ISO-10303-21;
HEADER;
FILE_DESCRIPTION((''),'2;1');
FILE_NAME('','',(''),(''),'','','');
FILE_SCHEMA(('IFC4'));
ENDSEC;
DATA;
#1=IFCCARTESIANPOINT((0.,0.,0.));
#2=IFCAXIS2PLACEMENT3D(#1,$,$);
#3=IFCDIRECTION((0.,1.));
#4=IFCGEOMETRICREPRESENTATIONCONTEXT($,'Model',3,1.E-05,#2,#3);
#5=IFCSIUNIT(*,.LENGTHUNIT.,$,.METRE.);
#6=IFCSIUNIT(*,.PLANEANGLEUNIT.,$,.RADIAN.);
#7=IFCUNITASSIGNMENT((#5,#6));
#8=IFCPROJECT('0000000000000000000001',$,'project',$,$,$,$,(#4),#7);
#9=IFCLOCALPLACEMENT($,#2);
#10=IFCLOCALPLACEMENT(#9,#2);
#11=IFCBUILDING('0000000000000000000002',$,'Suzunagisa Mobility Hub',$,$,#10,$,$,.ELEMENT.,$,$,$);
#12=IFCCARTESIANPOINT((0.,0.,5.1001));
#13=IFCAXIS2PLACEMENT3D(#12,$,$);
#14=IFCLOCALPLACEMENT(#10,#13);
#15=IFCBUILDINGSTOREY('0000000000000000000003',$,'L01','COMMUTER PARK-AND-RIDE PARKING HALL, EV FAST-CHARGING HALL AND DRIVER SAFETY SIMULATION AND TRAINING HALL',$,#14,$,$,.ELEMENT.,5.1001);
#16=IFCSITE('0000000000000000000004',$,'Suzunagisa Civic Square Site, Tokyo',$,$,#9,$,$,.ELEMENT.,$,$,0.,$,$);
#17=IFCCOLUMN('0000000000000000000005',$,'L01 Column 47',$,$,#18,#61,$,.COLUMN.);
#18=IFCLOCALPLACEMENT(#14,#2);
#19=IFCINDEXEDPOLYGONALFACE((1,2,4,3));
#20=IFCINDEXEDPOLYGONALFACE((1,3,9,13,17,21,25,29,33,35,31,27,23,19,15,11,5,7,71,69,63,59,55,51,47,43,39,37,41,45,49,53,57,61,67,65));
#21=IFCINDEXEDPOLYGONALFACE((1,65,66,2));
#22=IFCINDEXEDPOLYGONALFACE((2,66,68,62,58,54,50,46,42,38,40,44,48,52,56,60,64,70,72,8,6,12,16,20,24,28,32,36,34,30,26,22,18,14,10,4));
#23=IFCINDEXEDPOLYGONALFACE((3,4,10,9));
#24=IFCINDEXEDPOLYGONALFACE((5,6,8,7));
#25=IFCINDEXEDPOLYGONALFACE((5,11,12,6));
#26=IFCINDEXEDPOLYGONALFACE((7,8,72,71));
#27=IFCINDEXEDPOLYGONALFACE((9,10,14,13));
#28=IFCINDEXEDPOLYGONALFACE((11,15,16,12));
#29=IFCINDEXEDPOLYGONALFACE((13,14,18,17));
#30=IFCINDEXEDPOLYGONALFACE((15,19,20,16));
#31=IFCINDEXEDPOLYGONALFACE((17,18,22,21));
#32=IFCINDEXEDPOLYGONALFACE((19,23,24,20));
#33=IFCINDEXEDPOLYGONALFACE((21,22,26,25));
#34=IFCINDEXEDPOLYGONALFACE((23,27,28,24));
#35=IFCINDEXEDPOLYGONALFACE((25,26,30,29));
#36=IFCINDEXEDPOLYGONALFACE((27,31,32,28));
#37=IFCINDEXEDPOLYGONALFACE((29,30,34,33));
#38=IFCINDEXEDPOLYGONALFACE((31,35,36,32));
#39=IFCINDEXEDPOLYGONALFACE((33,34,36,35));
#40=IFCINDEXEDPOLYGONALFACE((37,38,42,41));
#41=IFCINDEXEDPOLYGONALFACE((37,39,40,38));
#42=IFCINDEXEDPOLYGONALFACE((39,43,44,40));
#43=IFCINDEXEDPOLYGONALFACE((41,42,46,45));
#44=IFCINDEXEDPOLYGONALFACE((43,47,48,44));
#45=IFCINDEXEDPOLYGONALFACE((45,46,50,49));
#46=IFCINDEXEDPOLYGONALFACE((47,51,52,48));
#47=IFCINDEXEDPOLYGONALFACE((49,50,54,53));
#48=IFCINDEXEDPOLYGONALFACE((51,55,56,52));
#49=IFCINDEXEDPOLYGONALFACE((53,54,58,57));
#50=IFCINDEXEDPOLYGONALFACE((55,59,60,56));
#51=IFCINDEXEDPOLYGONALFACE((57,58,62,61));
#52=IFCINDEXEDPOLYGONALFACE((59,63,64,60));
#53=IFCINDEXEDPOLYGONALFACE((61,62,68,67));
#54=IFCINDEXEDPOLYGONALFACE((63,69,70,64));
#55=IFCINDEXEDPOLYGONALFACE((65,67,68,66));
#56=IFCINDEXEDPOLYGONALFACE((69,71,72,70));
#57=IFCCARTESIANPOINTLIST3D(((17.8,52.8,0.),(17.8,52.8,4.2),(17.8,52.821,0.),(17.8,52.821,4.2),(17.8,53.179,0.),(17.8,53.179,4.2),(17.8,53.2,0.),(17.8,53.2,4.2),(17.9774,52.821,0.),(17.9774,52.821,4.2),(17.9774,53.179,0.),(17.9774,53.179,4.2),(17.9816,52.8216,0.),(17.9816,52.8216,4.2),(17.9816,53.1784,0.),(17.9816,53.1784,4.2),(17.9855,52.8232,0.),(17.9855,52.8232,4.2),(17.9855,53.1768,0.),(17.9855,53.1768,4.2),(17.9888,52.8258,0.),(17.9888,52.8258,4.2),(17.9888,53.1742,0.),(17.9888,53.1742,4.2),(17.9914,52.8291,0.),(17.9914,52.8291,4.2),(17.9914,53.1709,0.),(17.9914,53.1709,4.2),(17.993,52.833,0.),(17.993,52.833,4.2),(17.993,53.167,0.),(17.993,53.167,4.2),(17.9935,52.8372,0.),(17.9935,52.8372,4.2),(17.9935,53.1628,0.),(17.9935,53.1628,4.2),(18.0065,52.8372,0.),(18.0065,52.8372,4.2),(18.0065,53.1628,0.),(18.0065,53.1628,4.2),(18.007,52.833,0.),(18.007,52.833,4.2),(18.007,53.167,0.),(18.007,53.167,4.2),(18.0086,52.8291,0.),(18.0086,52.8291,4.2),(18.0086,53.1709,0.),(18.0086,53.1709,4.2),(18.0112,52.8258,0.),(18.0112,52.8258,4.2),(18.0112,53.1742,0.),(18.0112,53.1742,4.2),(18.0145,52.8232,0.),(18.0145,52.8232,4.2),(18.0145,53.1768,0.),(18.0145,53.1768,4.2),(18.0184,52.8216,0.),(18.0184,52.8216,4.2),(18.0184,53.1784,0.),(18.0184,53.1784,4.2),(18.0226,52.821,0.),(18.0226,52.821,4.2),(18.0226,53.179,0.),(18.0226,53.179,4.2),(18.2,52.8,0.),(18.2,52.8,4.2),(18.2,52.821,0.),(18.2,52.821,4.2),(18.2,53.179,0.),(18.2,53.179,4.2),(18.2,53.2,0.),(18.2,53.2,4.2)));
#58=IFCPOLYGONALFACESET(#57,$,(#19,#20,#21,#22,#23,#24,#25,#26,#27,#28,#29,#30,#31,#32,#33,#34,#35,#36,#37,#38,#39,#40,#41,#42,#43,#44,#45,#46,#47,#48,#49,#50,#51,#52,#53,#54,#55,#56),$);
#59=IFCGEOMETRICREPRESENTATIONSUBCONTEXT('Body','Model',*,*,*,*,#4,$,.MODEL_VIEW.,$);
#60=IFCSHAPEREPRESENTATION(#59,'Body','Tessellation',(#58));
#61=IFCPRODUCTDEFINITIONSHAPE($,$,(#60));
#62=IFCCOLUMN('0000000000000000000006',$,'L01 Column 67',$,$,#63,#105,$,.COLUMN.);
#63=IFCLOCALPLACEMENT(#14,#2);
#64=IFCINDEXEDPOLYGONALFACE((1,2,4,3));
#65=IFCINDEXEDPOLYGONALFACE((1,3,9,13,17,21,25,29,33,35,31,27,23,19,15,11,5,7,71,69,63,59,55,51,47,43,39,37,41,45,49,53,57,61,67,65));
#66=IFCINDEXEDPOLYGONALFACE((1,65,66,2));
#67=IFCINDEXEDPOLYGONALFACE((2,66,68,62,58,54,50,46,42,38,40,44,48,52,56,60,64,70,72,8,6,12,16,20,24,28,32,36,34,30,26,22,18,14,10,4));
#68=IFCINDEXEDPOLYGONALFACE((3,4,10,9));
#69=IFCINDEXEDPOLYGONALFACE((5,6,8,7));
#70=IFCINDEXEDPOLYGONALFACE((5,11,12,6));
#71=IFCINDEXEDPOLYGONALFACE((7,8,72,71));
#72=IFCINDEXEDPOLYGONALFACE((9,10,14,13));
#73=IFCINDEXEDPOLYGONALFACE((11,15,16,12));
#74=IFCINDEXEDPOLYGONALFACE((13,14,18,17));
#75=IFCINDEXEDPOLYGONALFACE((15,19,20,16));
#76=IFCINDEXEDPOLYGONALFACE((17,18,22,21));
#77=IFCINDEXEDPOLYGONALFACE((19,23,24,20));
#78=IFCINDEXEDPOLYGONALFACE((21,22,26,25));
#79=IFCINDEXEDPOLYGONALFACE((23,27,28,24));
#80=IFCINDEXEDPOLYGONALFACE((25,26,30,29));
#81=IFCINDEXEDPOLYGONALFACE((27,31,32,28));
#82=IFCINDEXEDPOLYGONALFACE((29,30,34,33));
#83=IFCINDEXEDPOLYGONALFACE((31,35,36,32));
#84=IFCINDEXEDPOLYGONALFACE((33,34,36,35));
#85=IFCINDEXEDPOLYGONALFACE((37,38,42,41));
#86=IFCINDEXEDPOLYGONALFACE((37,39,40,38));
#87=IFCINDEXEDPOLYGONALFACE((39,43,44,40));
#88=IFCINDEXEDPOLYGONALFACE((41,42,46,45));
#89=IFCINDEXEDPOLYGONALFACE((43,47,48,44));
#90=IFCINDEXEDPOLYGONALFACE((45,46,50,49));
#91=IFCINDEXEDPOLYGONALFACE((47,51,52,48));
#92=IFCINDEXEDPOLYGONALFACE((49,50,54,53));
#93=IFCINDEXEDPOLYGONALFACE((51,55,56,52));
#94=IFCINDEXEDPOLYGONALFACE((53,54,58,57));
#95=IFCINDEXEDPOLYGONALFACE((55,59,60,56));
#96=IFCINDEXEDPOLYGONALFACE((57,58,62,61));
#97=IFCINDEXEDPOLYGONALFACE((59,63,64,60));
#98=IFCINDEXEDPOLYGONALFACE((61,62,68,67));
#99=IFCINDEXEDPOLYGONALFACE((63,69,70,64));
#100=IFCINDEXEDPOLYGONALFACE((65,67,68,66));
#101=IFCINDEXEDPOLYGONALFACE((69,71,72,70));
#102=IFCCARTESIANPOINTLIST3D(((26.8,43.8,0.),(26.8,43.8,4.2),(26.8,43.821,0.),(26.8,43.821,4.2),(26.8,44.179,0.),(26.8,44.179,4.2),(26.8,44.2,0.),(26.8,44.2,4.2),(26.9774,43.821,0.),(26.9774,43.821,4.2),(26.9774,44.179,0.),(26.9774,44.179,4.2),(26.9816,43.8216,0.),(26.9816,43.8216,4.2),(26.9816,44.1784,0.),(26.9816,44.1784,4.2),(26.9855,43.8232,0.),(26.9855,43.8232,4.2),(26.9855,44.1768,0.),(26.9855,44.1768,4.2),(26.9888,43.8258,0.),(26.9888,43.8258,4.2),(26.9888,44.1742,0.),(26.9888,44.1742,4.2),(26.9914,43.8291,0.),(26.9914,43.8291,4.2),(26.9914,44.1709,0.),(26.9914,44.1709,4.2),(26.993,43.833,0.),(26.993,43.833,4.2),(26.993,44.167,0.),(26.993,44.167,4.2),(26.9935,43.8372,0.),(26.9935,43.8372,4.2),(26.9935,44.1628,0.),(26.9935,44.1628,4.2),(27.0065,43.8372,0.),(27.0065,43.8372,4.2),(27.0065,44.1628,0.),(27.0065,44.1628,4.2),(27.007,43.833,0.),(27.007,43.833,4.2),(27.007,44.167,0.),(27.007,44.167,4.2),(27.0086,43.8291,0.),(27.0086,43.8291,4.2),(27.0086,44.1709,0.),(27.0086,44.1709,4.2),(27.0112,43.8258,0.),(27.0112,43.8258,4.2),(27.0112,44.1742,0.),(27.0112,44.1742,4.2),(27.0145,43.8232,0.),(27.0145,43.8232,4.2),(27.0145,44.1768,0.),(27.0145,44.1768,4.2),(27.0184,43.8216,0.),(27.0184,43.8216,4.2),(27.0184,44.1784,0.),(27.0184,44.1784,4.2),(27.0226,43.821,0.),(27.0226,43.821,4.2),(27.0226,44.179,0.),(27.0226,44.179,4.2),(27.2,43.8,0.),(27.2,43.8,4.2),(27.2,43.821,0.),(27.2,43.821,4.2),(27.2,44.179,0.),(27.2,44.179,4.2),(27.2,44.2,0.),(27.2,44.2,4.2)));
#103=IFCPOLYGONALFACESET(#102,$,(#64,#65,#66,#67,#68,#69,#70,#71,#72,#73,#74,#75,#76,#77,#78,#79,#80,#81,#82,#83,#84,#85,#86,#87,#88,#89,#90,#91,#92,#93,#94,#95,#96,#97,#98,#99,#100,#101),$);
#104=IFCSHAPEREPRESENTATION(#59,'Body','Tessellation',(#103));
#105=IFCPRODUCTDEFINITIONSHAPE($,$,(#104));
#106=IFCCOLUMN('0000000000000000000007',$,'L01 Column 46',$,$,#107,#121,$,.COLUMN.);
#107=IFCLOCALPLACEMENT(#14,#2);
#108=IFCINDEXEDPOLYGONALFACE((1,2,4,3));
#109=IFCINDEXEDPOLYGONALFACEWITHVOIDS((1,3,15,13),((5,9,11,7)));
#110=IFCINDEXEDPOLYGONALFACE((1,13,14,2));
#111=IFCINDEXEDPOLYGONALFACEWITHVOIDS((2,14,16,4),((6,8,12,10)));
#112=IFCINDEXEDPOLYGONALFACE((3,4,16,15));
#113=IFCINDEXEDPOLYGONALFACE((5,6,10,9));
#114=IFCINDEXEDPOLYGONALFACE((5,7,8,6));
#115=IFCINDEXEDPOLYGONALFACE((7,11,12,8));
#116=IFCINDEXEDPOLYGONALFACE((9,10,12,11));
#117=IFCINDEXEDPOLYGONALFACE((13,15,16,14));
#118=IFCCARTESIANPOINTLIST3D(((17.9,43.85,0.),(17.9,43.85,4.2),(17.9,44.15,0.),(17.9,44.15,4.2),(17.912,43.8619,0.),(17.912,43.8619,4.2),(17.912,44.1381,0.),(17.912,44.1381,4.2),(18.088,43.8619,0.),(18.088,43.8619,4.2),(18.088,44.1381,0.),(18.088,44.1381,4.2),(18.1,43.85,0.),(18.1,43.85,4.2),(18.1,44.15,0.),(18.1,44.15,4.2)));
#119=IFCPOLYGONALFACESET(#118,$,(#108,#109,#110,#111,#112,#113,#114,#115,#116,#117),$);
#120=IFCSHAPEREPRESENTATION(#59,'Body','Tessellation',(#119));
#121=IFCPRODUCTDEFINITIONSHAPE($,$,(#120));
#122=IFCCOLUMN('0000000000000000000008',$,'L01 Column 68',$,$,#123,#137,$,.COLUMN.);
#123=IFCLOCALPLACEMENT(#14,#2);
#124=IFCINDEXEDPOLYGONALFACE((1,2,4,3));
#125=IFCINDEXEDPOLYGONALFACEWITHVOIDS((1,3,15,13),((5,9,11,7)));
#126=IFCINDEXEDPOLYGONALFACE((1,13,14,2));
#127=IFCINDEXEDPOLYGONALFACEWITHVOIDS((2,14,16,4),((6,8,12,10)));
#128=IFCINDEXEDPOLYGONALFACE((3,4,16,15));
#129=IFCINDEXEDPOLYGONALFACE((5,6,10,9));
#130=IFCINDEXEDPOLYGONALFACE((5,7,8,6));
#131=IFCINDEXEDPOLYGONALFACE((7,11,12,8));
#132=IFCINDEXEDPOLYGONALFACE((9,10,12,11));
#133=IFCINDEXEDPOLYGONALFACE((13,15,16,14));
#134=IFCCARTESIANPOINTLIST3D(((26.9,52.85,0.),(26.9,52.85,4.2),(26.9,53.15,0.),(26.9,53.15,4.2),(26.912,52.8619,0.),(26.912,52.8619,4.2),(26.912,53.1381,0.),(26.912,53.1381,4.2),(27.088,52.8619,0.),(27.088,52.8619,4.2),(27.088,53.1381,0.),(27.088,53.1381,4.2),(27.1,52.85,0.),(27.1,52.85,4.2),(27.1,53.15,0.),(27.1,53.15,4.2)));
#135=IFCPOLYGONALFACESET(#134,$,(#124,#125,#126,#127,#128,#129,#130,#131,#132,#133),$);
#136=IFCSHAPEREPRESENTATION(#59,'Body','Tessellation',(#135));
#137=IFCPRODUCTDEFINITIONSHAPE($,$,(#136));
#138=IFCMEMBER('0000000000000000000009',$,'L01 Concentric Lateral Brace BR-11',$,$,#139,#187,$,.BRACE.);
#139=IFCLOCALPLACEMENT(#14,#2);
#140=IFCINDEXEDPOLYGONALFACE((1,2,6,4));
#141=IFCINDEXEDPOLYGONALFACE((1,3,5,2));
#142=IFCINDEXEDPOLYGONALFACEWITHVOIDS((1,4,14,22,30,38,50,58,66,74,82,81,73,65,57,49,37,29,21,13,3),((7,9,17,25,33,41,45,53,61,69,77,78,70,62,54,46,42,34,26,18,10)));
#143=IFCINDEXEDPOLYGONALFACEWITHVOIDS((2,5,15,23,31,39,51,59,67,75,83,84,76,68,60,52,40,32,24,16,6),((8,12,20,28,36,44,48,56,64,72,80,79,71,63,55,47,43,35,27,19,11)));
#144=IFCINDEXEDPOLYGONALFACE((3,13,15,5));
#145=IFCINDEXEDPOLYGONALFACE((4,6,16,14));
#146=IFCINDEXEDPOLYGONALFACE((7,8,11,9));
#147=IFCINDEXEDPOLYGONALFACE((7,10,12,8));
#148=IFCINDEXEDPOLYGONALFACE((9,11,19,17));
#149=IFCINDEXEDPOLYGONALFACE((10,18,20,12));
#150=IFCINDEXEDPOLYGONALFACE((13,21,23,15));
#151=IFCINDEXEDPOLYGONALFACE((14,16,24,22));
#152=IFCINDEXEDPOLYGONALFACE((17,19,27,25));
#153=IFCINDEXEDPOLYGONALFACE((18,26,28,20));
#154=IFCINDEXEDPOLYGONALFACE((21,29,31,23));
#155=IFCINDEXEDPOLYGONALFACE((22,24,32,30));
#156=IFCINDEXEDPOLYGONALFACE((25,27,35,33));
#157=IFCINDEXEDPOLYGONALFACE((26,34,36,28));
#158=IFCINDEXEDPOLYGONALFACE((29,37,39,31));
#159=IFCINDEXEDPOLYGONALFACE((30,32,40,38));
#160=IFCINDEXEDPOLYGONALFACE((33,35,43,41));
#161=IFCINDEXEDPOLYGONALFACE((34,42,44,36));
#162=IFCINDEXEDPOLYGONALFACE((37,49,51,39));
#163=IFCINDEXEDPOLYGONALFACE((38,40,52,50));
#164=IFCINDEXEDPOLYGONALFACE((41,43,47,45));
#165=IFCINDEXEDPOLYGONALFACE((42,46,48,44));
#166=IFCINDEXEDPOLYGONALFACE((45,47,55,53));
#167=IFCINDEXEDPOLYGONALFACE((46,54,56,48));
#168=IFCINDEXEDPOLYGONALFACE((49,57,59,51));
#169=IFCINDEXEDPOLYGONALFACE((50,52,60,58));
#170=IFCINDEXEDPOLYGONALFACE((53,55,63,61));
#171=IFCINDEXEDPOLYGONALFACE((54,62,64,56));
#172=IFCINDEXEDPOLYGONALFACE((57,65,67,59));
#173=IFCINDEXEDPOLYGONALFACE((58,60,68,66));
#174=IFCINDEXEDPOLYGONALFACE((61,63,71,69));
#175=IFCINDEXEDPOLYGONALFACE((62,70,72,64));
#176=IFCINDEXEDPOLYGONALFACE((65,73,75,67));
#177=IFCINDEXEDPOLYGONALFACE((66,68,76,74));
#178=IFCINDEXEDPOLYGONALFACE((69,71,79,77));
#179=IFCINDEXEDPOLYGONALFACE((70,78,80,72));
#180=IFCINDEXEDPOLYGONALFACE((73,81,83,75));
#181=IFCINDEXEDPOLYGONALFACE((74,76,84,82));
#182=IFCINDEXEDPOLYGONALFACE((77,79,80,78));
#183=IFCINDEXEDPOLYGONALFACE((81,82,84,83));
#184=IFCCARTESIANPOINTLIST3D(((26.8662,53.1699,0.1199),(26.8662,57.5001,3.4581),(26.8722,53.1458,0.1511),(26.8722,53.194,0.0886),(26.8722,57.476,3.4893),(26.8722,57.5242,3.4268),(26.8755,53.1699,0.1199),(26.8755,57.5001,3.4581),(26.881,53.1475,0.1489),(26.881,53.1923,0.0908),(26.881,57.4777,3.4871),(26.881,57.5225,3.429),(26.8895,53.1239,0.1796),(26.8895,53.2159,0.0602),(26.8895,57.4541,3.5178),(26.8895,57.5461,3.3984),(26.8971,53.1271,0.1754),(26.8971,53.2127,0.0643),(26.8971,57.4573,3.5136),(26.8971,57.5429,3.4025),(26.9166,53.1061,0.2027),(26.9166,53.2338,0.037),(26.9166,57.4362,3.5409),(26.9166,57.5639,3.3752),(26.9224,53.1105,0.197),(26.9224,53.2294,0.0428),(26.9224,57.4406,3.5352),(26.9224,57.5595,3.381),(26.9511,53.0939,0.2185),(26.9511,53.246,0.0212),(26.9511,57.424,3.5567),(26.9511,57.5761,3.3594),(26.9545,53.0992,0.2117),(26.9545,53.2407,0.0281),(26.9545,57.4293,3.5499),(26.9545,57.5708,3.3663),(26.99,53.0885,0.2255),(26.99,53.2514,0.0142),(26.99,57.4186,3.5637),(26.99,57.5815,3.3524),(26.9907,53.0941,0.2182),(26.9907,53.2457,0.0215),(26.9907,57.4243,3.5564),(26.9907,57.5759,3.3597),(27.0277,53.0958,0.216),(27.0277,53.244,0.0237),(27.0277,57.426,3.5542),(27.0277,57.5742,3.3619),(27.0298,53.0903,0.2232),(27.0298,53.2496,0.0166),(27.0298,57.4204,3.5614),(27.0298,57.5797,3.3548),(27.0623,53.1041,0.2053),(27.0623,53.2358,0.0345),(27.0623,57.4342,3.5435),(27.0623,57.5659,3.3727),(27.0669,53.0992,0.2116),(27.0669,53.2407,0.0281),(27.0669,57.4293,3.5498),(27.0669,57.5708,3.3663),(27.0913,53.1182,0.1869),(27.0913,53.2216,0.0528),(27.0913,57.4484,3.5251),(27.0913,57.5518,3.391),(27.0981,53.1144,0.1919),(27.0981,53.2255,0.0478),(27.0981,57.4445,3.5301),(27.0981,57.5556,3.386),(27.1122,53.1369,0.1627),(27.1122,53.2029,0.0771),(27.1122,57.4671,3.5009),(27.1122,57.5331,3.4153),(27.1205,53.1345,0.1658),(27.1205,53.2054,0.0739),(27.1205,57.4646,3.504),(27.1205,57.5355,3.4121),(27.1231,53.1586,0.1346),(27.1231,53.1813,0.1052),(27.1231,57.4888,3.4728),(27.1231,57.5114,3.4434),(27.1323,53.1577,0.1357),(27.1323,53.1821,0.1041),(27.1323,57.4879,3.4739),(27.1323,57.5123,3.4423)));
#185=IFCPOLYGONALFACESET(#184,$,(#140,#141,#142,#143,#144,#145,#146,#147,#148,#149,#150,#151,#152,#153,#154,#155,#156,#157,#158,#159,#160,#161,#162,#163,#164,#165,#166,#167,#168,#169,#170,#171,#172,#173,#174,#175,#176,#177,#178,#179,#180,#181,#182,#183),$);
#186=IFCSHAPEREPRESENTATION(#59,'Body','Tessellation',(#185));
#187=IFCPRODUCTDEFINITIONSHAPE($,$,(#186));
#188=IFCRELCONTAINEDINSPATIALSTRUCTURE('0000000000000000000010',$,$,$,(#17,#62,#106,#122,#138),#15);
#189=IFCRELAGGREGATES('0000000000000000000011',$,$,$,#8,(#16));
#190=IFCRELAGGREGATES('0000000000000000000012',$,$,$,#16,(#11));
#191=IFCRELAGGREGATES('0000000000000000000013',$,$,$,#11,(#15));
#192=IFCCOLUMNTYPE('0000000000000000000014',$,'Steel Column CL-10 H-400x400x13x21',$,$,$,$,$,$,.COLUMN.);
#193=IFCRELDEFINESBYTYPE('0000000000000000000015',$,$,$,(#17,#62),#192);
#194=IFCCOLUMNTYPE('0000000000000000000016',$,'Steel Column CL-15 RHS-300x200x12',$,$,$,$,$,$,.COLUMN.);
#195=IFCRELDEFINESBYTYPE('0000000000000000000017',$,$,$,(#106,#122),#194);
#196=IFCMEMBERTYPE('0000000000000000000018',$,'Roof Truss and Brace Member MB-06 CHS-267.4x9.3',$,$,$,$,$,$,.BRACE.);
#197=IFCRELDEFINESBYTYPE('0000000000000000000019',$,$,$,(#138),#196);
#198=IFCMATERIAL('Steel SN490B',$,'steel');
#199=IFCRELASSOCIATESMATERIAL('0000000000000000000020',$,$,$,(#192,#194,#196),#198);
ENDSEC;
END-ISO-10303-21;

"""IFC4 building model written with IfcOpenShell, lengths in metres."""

from ifc_helpers import new_model, si_unit, direction, frame, origin, origin_2d, place, context, subcontext, project, spatial, hollow_rectangle, hollow_circle, i_section, extrude, material, material_profile, profile_set, type_object, element, save


model = new_model("IFC4")

# Units and contexts
model_context = context("Model", 3, precision=1e-05, world=origin(), true_north=direction((0.0, 1.0)))
body_context = subcontext(model_context, "Body", "Model", "MODEL_VIEW")
ifc_project = project(units=[si_unit("LENGTHUNIT", "METRE"), si_unit("PLANEANGLEUNIT", "RADIAN")], contexts=[model_context])

# Site, building, storey
site_placement = place(None, origin())
site = spatial("IfcSite", under=ifc_project, at=site_placement, Name="Suzunagisa Civic Square Site, Tokyo", CompositionType="ELEMENT", RefElevation=0.0)
building_placement = place(site_placement, origin())
building = spatial("IfcBuilding", under=site, at=building_placement, Name="Suzunagisa Mobility Hub", CompositionType="ELEMENT")
storey_placement = place(building_placement, frame((0.0, 0.0, 5.1001)))
storey = spatial("IfcBuildingStorey", under=building, at=storey_placement, Name="L01", Description="COMMUTER PARK-AND-RIDE PARKING HALL, EV FAST-CHARGING HALL AND DRIVER SAFETY SIMULATION AND TRAINING HALL", CompositionType="ELEMENT", Elevation=5.1001)

# Columns
ifc_material_1 = material(Name="Steel SN490B", Category="steel")
ifc_material_profile_1 = material_profile(ifc_material_1, i_section(OverallWidth=0.3999, OverallDepth=0.3999, WebThickness=0.0129, FlangeThickness=0.021, FilletRadius=0.0161, at=origin_2d()), Name="H-400x400x13x21")
ifc_profile_set_1 = profile_set([ifc_material_profile_1], Name="Steel SN490B")
column_type_1 = type_object("IfcColumnType", Name="Steel Column CL-10 H-400x400x13x21", PredefinedType="COLUMN", material=ifc_profile_set_1)
for number, where, z_axis, x_axis, name in (
    (1, (18.0, 53.0, 0.0), (0.0, 0.0, 1.0), (1.0, 0.0, 0.0), "L01 Column 47"),
    (2, (27.0, 44.0, 0.0), (0.0, 0.0, 1.0), (1.0, 0.0, 0.0), "L01 Column 67"),
):
    element("IfcColumn", number, at=place(storey_placement, frame(where, z_axis=z_axis, x_axis=x_axis)), inside=storey, type_object=column_type_1, Name=name, PredefinedType="COLUMN", context=body_context, shape_type="SweptSolid", body=[
        extrude(i_section(OverallWidth=0.3999, OverallDepth=0.3999, WebThickness=0.0129, FlangeThickness=0.021, FilletRadius=0.0161, at=origin_2d()), origin(), (0.0, 0.0, 1.0), 4.2),
    ])
ifc_material_profile_2 = material_profile(ifc_material_1, hollow_rectangle(XDim=0.2, YDim=0.3, WallThickness=0.012, at=origin_2d()), Name="RHS-300x200x12")
ifc_profile_set_2 = profile_set([ifc_material_profile_2], Name="Steel SN490B")
column_type_2 = type_object("IfcColumnType", Name="Steel Column CL-15 RHS-300x200x12", PredefinedType="COLUMN", material=ifc_profile_set_2)
for number, where, z_axis, x_axis, name in (
    (3, (18.0, 44.0, 0.0), (0.0, 0.0, 1.0), (1.0, 0.0, 0.0), "L01 Column 46"),
    (4, (27.0, 53.0, 0.0), (0.0, 0.0, 1.0), (1.0, 0.0, 0.0), "L01 Column 68"),
):
    element("IfcColumn", number, at=place(storey_placement, frame(where, z_axis=z_axis, x_axis=x_axis)), inside=storey, type_object=column_type_2, Name=name, PredefinedType="COLUMN", context=body_context, shape_type="SweptSolid", body=[
        extrude(hollow_rectangle(XDim=0.2, YDim=0.3, WallThickness=0.012, at=origin_2d()), origin(), (0.0, 0.0, 1.0), 4.2),
    ])

# Member
ifc_material_profile_3 = material_profile(ifc_material_1, hollow_circle(Radius=0.1338, WallThickness=0.0093, at=origin_2d()), Name="CHS-267.4x9.3")
ifc_profile_set_3 = profile_set([ifc_material_profile_3], Name="Steel SN490B")
member_type = type_object("IfcMemberType", Name="Roof Truss and Brace Member MB-06 CHS-267.4x9.3", PredefinedType="BRACE", material=ifc_profile_set_3)
member_placement = place(storey_placement, frame((27.0, 53.1699, 0.1199), z_axis=(0.0, 0.791978, 0.61055), x_axis=(-1.0, 0.0, 0.0)))
element("IfcMember", 5, at=member_placement, inside=storey, type_object=member_type, Name="L01 Concentric Lateral Brace BR-11", PredefinedType="BRACE", context=body_context, shape_type="SweptSolid", body=[
    extrude(hollow_circle(Radius=0.1338, WallThickness=0.0093, at=origin_2d()), origin(), (0.0, 0.0, 1.0), 5.4675),
])

save(model, "model.ifc")
